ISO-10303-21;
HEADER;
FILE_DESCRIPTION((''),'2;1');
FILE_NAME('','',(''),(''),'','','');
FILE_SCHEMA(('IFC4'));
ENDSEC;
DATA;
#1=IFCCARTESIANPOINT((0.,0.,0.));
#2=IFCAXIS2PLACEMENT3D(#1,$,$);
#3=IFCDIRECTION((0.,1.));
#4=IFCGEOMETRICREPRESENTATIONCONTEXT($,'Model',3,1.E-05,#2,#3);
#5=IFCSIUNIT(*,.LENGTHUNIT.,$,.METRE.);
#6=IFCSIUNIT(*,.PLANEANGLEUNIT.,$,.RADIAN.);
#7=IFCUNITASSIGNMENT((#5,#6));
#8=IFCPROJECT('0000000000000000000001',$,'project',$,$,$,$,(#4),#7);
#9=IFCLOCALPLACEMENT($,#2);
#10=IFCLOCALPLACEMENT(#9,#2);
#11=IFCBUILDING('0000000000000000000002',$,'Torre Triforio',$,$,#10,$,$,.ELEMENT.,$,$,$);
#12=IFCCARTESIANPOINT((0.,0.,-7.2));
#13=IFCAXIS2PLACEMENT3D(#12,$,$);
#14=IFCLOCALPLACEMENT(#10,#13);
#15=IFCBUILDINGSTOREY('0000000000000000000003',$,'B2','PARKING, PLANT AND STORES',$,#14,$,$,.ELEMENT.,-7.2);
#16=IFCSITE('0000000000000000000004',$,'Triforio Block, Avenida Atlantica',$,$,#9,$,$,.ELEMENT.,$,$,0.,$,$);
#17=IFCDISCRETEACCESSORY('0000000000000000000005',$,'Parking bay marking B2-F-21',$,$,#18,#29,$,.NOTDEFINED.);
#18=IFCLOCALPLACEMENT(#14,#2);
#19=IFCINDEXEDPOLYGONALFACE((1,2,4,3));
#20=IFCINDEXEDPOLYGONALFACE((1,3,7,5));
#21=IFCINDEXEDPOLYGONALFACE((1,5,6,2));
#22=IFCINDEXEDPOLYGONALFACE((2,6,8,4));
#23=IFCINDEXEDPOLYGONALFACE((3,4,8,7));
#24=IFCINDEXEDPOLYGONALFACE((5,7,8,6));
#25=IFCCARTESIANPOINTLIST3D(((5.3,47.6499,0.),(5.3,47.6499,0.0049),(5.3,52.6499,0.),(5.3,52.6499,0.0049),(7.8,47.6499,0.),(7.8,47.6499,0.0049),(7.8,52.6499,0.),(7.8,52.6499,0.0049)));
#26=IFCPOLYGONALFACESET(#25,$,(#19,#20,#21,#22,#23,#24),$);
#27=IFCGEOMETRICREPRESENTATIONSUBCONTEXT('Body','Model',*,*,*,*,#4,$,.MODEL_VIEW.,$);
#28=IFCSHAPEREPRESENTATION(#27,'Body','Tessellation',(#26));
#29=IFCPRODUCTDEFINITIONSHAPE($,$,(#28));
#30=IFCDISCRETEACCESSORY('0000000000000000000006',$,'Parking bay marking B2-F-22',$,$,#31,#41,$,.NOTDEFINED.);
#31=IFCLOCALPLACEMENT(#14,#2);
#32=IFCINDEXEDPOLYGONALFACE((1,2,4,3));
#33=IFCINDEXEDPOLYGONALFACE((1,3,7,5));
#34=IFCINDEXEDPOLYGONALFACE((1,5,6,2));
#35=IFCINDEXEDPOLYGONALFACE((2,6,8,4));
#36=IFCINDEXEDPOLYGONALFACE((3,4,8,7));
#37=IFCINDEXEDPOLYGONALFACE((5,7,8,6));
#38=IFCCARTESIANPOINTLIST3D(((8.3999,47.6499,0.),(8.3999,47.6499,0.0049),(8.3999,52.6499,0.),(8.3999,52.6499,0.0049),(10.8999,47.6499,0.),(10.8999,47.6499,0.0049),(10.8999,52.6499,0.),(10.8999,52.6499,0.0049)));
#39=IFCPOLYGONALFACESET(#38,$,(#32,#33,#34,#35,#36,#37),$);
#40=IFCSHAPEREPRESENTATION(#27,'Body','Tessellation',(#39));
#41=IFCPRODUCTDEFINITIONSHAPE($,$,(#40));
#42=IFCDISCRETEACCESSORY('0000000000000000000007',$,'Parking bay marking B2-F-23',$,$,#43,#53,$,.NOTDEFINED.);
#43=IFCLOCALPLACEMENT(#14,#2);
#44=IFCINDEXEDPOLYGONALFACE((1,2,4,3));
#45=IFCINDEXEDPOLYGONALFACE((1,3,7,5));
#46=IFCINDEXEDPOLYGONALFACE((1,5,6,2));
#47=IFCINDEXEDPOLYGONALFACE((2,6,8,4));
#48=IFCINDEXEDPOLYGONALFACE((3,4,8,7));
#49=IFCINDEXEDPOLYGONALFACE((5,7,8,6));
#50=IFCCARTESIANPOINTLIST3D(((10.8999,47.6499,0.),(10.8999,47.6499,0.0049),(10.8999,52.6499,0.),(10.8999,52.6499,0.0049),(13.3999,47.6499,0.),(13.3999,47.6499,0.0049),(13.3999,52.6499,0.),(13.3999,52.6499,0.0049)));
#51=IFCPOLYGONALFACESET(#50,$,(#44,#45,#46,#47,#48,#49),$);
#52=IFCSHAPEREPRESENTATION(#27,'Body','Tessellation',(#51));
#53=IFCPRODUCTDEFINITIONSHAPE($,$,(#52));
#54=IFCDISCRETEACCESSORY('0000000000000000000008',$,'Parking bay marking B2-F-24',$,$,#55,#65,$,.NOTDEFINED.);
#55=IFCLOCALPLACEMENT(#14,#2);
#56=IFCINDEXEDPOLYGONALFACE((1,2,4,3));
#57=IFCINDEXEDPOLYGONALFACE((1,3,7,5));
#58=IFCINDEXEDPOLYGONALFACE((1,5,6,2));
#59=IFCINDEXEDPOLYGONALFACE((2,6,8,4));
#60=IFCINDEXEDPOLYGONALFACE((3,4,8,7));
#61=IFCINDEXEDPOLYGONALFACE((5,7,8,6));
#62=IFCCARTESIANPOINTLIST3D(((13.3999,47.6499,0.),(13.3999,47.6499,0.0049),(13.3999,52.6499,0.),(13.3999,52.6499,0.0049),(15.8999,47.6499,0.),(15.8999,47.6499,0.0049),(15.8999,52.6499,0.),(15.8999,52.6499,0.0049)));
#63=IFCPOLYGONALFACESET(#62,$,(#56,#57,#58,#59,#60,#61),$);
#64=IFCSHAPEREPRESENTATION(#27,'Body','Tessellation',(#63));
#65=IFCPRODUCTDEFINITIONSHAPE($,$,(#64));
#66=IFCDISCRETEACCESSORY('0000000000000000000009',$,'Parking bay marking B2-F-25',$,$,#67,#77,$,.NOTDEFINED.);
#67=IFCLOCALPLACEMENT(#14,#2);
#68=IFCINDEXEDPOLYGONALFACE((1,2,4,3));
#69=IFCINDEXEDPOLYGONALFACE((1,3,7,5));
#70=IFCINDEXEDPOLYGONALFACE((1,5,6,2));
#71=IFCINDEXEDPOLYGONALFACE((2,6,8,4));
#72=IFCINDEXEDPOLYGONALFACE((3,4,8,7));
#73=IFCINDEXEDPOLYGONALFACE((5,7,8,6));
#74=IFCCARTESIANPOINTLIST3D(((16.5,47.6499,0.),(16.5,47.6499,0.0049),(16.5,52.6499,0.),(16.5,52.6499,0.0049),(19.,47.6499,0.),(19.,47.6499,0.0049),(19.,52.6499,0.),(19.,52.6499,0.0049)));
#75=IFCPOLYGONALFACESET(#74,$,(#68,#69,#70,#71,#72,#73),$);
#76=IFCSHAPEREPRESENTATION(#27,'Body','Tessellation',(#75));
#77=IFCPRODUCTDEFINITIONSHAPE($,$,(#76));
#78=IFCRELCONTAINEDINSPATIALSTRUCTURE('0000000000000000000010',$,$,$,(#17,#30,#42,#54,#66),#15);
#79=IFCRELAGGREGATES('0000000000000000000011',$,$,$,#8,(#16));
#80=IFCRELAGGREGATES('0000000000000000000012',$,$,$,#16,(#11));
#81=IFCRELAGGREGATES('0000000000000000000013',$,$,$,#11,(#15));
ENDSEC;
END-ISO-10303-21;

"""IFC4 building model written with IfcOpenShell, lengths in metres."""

from ifc_helpers import new_model, si_unit, direction, frame, origin, origin_2d, place, context, subcontext, project, spatial, rectangle, extrude, element, save


model = new_model("IFC4")

# Units and contexts
model_context = context("Model", 3, precision=1e-05, world=origin(), true_north=direction((0.0, 1.0)))
body_context = subcontext(model_context, "Body", "Model", "MODEL_VIEW")
ifc_project = project(units=[si_unit("LENGTHUNIT", "METRE"), si_unit("PLANEANGLEUNIT", "RADIAN")], contexts=[model_context])

# Site, building, storey
site_placement = place(None, origin())
site = spatial("IfcSite", under=ifc_project, at=site_placement, Name="Triforio Block, Avenida Atlantica", CompositionType="ELEMENT", RefElevation=0.0)
building_placement = place(site_placement, origin())
building = spatial("IfcBuilding", under=site, at=building_placement, Name="Torre Triforio", CompositionType="ELEMENT")
storey_placement = place(building_placement, frame((0.0, 0.0, -7.2)))
storey = spatial("IfcBuildingStorey", under=building, at=storey_placement, Name="B2", Description="PARKING, PLANT AND STORES", CompositionType="ELEMENT", Elevation=-7.2)

# Discrete accessories
for number, where, z_axis, x_axis, name in (
    (1, (6.55, 50.1499, 0.0), (0.0, 0.0, 1.0), (1.0, 0.0, 0.0), "Parking bay marking B2-F-21"),
    (2, (9.6499, 50.1499, 0.0), (0.0, 0.0, 1.0), (1.0, 0.0, 0.0), "Parking bay marking B2-F-22"),
    (3, (12.1499, 50.1499, 0.0), (0.0, 0.0, 1.0), (1.0, 0.0, 0.0), "Parking bay marking B2-F-23"),
    (4, (14.6499, 50.1499, 0.0), (0.0, 0.0, 1.0), (1.0, 0.0, 0.0), "Parking bay marking B2-F-24"),
    (5, (17.75, 50.1499, 0.0), (0.0, 0.0, 1.0), (1.0, 0.0, 0.0), "Parking bay marking B2-F-25"),
):
    element("IfcDiscreteAccessory", number, at=place(storey_placement, frame(where, z_axis=z_axis, x_axis=x_axis)), inside=storey, Name=name, PredefinedType="NOTDEFINED", context=body_context, shape_type="SweptSolid", body=[
        extrude(rectangle(XDim=2.5, YDim=5.0, at=origin_2d()), origin(), (0.0, 0.0, 1.0), 0.0049),
    ])

save(model, "model.ifc")
